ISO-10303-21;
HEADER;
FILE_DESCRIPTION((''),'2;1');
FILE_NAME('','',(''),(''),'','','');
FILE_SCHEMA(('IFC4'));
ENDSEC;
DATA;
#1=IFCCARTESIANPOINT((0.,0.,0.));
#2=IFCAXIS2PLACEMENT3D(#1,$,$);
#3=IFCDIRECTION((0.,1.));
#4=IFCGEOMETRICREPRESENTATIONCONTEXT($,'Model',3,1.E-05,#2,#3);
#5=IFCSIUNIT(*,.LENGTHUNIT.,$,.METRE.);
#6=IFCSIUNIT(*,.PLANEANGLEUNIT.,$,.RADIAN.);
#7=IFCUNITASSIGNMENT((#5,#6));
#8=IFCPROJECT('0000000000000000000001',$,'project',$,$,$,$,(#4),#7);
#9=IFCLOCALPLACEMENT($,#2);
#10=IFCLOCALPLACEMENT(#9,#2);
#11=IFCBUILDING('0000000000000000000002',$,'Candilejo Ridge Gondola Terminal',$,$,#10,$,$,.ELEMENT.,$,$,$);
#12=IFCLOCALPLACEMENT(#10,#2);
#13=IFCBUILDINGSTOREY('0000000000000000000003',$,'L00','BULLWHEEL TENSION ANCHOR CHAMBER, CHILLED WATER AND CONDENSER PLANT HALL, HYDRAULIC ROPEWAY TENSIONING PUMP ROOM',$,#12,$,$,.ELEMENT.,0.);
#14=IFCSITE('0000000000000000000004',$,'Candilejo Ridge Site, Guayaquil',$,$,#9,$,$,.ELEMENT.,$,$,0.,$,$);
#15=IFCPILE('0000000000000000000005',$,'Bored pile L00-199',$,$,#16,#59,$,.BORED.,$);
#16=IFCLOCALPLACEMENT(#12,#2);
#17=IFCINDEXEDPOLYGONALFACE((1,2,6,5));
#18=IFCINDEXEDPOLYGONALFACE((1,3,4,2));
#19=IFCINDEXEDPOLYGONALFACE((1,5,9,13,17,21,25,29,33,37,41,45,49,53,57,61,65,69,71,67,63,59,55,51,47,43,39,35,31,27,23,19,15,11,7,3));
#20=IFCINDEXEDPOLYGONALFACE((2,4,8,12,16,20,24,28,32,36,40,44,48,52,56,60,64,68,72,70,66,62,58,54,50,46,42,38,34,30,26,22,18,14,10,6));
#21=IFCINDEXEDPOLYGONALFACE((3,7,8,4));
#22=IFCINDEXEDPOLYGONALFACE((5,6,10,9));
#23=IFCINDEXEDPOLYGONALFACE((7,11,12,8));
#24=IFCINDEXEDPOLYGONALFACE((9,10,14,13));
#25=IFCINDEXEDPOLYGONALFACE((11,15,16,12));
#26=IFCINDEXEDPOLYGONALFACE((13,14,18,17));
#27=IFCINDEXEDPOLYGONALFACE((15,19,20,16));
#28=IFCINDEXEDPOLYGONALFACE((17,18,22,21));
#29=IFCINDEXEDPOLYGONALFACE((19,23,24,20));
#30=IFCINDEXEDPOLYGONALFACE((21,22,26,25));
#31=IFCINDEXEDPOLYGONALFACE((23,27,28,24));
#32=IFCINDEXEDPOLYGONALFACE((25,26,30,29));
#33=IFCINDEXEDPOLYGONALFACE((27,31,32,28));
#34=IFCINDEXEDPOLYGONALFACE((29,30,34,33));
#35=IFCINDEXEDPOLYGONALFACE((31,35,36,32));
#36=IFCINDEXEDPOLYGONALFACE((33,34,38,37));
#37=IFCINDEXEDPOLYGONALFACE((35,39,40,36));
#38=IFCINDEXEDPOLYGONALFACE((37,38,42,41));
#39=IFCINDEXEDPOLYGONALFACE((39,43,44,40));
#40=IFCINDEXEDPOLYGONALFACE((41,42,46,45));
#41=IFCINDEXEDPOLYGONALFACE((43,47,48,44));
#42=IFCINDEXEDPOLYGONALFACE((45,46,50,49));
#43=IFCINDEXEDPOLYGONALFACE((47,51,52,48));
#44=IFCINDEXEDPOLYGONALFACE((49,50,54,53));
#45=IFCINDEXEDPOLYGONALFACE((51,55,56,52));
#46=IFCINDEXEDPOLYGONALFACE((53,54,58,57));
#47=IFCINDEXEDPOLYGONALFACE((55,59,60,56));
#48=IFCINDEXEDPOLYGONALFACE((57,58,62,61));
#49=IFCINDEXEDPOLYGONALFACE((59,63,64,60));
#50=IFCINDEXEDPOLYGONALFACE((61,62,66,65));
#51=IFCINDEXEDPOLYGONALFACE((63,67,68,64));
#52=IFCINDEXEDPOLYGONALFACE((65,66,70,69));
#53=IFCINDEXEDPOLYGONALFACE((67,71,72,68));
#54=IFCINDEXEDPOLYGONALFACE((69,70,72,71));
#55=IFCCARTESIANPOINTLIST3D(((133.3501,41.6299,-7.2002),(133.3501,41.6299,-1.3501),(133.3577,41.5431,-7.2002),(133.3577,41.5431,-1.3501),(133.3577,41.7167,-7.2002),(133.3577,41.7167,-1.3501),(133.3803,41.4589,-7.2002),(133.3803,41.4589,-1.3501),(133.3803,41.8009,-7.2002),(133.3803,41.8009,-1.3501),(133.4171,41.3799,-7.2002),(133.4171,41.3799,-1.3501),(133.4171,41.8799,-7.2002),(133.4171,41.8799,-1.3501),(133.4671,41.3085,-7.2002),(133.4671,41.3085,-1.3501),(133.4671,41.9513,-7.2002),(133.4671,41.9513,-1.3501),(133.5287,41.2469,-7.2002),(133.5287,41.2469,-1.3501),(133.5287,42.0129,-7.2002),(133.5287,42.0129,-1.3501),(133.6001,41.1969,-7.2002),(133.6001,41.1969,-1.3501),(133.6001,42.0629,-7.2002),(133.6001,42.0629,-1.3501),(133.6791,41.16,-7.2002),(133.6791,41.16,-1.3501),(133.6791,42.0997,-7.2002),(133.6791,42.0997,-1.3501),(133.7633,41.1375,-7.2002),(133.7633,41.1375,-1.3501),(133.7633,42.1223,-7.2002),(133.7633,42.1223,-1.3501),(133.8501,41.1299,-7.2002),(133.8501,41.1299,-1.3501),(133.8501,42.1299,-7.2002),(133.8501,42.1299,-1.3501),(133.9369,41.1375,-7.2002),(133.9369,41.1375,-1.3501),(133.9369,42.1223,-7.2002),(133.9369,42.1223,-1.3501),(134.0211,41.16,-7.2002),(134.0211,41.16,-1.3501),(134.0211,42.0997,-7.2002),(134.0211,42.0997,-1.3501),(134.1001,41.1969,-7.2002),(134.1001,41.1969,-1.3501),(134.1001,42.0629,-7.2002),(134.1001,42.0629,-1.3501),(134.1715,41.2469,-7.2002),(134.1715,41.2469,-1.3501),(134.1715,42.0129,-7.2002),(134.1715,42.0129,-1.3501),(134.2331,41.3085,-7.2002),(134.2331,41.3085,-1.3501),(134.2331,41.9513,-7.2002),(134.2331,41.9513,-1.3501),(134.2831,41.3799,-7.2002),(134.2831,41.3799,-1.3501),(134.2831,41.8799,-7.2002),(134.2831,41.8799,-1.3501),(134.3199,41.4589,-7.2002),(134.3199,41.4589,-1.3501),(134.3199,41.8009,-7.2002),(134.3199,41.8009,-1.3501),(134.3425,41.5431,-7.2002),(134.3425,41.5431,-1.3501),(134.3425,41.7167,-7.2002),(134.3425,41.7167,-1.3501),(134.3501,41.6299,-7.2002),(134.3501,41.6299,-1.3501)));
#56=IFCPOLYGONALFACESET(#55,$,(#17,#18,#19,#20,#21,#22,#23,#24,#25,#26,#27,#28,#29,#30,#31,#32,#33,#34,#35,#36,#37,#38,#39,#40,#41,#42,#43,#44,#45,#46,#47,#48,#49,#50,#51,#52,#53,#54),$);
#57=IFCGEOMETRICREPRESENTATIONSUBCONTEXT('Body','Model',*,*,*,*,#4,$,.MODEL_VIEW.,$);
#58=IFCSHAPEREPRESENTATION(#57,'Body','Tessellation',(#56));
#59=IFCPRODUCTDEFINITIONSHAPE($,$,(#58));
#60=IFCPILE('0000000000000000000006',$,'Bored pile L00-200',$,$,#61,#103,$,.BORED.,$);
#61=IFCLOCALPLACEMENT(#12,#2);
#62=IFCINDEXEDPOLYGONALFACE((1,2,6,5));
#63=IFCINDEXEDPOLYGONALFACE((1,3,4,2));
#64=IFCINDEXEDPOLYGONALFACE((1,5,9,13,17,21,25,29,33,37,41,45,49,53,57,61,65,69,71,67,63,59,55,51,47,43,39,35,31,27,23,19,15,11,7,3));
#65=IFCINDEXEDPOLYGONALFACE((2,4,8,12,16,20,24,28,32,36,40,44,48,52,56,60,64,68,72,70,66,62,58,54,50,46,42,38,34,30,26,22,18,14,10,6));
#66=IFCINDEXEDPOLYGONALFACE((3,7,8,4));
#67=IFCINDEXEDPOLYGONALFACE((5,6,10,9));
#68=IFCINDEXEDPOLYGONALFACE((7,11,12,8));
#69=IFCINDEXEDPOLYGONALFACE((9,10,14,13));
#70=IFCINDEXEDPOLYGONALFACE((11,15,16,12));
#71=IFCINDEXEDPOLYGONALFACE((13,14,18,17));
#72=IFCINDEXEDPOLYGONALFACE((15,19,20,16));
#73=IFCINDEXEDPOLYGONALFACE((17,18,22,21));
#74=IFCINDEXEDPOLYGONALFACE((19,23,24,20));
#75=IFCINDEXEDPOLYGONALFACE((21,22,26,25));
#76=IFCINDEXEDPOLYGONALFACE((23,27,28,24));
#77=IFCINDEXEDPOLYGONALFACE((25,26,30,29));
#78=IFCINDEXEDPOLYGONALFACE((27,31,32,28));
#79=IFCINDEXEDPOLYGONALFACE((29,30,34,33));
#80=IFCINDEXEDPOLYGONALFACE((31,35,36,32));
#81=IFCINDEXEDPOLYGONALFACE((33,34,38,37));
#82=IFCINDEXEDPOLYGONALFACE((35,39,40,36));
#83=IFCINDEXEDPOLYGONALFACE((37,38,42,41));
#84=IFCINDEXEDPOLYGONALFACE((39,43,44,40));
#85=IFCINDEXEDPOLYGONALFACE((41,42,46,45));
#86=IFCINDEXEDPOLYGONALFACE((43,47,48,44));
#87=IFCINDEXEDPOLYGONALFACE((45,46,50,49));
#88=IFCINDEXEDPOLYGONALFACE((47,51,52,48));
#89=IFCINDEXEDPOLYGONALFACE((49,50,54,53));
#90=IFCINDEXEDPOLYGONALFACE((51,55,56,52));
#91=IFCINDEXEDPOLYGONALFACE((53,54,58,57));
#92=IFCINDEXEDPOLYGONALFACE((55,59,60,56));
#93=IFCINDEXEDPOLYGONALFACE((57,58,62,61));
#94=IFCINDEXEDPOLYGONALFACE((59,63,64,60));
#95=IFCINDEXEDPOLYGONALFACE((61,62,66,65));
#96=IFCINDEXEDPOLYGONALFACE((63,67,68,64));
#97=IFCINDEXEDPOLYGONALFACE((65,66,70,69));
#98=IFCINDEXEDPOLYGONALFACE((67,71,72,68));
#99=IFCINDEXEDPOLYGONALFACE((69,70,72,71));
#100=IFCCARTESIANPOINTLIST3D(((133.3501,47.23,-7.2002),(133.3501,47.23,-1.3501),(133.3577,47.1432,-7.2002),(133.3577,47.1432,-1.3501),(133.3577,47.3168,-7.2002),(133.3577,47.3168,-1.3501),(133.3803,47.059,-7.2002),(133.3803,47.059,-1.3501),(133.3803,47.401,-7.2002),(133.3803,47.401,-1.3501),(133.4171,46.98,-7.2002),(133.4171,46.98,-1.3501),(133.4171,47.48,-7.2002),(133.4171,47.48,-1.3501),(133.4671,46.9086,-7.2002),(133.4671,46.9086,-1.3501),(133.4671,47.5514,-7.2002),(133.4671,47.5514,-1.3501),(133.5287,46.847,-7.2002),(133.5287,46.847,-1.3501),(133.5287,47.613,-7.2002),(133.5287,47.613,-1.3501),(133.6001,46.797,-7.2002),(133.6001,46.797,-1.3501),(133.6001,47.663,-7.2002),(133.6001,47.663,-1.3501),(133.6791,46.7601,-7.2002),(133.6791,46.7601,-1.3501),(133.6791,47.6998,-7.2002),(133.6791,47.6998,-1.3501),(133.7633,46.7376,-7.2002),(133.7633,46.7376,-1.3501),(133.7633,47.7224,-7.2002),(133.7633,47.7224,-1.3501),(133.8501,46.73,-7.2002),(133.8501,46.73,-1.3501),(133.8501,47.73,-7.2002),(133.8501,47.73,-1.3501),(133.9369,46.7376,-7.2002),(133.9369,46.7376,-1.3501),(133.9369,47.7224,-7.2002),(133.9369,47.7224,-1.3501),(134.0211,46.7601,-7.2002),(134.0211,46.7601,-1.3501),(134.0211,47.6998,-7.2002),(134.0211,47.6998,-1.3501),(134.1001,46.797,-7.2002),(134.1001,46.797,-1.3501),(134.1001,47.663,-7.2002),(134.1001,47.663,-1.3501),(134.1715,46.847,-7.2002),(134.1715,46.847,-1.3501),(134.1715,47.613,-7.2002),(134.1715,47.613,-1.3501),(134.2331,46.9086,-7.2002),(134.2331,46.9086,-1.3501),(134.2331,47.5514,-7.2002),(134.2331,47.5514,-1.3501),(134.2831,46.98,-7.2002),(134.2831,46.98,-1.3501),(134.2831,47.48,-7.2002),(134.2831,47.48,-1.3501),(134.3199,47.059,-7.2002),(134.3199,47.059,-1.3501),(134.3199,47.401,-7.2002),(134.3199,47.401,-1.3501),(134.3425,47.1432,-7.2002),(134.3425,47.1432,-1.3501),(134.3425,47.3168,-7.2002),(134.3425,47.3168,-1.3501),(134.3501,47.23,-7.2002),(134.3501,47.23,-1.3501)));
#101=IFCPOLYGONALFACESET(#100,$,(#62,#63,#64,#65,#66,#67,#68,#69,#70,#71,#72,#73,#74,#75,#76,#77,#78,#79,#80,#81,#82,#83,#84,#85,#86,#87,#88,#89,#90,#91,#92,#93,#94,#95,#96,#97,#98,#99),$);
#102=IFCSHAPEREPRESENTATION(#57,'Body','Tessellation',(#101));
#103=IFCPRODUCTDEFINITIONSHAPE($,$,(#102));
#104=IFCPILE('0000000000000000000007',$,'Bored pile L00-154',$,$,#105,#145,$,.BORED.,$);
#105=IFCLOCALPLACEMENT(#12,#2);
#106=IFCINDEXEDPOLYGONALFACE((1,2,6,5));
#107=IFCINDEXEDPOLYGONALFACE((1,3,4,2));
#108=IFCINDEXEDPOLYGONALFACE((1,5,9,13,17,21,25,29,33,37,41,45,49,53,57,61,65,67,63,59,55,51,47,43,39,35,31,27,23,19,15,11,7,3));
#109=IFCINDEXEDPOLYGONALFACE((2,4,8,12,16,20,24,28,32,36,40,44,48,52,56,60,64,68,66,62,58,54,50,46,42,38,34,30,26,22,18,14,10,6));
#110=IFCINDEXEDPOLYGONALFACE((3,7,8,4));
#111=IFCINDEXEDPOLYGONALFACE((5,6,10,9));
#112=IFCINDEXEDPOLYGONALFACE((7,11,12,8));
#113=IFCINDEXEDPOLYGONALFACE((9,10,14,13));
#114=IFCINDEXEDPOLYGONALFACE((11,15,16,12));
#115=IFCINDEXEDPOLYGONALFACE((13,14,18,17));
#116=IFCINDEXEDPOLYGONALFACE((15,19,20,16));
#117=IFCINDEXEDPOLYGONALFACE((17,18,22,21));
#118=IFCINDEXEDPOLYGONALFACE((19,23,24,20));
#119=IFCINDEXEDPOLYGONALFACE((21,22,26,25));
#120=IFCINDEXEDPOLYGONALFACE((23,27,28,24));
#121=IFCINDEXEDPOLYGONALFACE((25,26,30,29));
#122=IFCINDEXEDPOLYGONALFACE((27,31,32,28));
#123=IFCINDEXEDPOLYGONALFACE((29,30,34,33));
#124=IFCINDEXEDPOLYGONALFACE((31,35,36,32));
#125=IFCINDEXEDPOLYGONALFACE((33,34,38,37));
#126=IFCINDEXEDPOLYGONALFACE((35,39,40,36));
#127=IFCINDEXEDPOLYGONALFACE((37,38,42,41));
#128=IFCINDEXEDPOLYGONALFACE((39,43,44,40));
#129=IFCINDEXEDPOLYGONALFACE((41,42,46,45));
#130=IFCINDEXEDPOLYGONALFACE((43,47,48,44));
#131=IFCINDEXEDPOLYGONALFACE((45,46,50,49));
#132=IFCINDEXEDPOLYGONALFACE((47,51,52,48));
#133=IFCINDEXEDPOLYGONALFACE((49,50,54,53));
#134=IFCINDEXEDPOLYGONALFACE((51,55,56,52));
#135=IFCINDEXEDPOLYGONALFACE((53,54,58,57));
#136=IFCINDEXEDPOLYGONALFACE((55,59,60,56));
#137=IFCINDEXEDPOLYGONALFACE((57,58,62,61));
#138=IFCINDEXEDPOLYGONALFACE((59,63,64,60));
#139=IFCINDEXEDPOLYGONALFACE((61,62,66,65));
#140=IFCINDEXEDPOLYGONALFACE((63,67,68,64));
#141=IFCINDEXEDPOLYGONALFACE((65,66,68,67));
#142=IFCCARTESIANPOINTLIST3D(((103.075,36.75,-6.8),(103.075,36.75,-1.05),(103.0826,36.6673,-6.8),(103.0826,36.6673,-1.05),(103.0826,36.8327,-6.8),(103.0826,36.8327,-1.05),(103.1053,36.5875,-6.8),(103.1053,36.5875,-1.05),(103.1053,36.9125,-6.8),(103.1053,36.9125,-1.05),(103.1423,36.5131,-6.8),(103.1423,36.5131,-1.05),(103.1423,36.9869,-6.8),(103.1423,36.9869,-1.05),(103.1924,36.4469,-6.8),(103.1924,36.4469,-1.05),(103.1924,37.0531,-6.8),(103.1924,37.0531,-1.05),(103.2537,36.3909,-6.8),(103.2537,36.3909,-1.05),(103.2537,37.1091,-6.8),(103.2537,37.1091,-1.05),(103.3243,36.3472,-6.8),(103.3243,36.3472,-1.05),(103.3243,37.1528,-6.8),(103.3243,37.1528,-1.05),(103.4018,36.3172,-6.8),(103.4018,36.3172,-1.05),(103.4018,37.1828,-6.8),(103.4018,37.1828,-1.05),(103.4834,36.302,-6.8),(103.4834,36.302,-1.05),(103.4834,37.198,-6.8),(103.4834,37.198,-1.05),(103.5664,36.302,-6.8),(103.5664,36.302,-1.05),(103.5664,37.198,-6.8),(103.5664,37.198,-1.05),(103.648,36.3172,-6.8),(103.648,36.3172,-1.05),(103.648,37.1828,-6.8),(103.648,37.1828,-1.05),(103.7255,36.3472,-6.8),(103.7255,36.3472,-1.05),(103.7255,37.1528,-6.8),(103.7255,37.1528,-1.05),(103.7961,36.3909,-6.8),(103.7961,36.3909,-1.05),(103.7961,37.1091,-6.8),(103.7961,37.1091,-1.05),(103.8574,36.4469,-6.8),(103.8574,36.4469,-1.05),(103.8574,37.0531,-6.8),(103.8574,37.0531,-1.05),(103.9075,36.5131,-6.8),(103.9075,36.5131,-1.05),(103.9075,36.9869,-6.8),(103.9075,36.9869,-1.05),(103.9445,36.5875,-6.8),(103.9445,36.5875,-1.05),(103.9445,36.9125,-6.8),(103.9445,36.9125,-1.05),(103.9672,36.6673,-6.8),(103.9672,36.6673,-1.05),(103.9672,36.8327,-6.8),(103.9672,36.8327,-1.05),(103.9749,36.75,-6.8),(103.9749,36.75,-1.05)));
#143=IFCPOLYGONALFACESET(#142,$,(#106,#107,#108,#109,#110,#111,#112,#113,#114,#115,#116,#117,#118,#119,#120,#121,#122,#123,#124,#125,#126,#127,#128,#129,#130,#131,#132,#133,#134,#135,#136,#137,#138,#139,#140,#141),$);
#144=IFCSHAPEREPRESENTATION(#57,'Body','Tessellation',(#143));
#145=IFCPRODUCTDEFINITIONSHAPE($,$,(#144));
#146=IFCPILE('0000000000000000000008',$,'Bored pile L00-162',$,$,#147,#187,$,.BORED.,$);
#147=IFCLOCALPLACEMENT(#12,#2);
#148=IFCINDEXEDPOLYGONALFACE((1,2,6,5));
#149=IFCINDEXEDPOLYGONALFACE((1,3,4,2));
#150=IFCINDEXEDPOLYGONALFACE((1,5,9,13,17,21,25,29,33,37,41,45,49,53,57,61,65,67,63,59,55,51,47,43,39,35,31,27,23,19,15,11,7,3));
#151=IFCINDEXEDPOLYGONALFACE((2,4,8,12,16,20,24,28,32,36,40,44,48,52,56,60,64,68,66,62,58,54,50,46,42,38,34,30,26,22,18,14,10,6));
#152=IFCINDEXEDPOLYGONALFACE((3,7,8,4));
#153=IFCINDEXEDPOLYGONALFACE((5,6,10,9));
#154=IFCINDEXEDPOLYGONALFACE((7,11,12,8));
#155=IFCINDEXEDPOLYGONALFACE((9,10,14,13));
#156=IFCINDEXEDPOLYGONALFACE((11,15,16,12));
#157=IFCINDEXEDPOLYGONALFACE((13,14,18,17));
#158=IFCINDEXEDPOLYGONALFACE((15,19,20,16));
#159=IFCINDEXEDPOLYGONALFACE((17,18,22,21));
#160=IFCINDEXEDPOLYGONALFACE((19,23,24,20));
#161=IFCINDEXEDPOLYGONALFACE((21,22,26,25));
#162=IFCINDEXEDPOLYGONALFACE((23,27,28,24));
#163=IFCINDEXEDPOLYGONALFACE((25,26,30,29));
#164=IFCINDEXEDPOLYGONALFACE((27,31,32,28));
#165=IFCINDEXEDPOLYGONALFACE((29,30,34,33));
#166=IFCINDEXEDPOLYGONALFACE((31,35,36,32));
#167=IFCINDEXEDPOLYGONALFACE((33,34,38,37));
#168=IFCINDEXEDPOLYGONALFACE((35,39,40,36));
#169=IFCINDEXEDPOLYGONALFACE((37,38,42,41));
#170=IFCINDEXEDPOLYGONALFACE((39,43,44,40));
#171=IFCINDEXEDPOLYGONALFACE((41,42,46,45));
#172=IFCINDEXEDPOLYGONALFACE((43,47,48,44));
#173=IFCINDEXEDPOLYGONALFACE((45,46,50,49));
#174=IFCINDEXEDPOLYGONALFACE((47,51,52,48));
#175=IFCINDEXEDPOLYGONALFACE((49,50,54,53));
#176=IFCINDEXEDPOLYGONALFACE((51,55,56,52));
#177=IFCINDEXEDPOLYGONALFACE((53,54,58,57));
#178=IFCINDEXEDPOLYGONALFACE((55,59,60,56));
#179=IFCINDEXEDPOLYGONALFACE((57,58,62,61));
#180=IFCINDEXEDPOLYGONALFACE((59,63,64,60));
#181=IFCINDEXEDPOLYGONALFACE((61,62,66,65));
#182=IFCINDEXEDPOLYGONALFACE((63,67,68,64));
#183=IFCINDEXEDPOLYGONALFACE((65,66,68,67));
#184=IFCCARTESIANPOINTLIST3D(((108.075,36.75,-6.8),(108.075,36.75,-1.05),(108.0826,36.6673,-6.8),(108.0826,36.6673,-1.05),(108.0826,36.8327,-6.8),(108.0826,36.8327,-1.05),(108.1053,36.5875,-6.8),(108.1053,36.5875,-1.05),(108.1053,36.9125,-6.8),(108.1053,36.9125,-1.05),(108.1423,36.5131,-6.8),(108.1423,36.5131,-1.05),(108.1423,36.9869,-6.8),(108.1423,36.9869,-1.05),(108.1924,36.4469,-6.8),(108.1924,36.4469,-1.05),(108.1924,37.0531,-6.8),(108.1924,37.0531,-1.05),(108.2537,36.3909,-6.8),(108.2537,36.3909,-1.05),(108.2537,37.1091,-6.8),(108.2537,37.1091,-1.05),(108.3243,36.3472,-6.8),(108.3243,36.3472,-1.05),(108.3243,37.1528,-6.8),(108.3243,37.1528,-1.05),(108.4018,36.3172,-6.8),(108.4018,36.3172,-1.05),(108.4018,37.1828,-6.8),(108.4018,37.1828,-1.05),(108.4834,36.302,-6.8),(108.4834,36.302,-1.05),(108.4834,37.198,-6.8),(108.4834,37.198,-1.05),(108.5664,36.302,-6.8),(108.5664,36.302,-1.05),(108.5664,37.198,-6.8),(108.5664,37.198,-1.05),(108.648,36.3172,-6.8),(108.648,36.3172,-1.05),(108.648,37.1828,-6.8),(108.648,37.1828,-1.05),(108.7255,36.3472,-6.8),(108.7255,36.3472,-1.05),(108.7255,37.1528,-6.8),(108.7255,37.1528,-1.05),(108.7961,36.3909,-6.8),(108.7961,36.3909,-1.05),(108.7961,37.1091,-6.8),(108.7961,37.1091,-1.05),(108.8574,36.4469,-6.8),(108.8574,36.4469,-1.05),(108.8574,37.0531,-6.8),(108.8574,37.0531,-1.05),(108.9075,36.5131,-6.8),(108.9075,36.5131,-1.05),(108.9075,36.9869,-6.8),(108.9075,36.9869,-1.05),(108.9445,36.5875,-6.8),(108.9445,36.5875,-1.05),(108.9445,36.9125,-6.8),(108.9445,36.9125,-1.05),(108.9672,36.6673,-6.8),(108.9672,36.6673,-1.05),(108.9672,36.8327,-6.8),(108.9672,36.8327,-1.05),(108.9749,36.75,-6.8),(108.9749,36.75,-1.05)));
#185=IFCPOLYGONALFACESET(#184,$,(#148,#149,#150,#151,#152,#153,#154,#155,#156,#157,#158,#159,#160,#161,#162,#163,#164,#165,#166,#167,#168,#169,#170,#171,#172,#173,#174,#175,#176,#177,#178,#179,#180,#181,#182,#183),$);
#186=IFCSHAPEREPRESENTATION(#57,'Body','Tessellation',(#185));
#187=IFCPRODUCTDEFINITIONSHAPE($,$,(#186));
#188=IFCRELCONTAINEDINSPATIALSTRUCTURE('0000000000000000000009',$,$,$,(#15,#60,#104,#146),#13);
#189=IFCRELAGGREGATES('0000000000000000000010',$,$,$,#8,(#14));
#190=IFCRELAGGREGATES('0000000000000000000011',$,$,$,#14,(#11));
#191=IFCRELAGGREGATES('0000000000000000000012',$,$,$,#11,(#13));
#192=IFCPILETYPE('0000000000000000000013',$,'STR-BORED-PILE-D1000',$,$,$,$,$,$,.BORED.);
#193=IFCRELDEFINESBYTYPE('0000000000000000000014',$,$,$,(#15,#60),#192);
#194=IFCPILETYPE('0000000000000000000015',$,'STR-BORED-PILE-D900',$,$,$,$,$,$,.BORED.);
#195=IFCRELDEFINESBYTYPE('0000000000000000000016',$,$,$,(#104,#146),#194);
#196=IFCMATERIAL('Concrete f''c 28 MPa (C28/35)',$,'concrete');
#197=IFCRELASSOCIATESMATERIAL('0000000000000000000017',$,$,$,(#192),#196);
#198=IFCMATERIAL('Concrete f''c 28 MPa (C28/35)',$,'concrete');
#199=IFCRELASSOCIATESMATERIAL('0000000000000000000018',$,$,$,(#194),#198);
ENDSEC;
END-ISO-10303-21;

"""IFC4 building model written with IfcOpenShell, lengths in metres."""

from ifc_helpers import new_model, si_unit, direction, frame, origin, origin_2d, place, context, subcontext, project, spatial, circle, extrude, material, material_profile, profile_set, type_object, element, save


model = new_model("IFC4")

# Units and contexts
model_context = context("Model", 3, precision=1e-05, world=origin(), true_north=direction((0.0, 1.0)))
body_context = subcontext(model_context, "Body", "Model", "MODEL_VIEW")
ifc_project = project(units=[si_unit("LENGTHUNIT", "METRE"), si_unit("PLANEANGLEUNIT", "RADIAN")], contexts=[model_context])

# Site, building, storey
site_placement = place(None, origin())
site = spatial("IfcSite", under=ifc_project, at=site_placement, Name="Candilejo Ridge Site, Guayaquil", CompositionType="ELEMENT", RefElevation=0.0)
building_placement = place(site_placement, origin())
building = spatial("IfcBuilding", under=site, at=building_placement, Name="Candilejo Ridge Gondola Terminal", CompositionType="ELEMENT")
storey_placement = place(building_placement, origin())
storey = spatial("IfcBuildingStorey", under=building, at=storey_placement, Name="L00", Description="BULLWHEEL TENSION ANCHOR CHAMBER, CHILLED WATER AND CONDENSER PLANT HALL, HYDRAULIC ROPEWAY TENSIONING PUMP ROOM", CompositionType="ELEMENT", Elevation=0.0)

# Piles
ifc_material_1 = material(Name="Concrete f'c 28 MPa (C28/35)", Category="concrete")
ifc_material_profile_1 = material_profile(ifc_material_1, circle(Radius=0.5, at=origin_2d()))
ifc_profile_set_1 = profile_set([ifc_material_profile_1], Name="Concrete f'c 28 MPa (C28/35)")
pile_type_1 = type_object("IfcPileType", Name="STR-BORED-PILE-D1000", PredefinedType="BORED", material=ifc_profile_set_1)
for number, where, z_axis, x_axis, name in (
    (1, (133.8501, 41.6299, -1.3501), (0.0, 0.0, -1.0), (1.0, 0.0, 0.0), "Bored pile L00-199"),
    (2, (133.8501, 47.23, -1.3501), (0.0, 0.0, -1.0), (1.0, 0.0, 0.0), "Bored pile L00-200"),
):
    element("IfcPile", number, at=place(storey_placement, frame(where, z_axis=z_axis, x_axis=x_axis)), inside=storey, type_object=pile_type_1, Name=name, PredefinedType="BORED", context=body_context, shape_type="SweptSolid", body=[
        extrude(circle(Radius=0.5, at=origin_2d()), origin(), (0.0, 0.0, 1.0), 5.8501),
    ])
ifc_material_2 = material(Name="Concrete f'c 28 MPa (C28/35)", Category="concrete")
ifc_material_profile_2 = material_profile(ifc_material_2, circle(Radius=0.45, at=origin_2d()))
ifc_profile_set_2 = profile_set([ifc_material_profile_2], Name="Concrete f'c 28 MPa (C28/35)")
pile_type_2 = type_object("IfcPileType", Name="STR-BORED-PILE-D900", PredefinedType="BORED", material=ifc_profile_set_2)
for number, where, z_axis, x_axis, name in (
    (3, (103.5249, 36.75, -1.05), (0.0, 0.0, -1.0), (1.0, 0.0, 0.0), "Bored pile L00-154"),
    (4, (108.5249, 36.75, -1.05), (0.0, 0.0, -1.0), (1.0, 0.0, 0.0), "Bored pile L00-162"),
):
    element("IfcPile", number, at=place(storey_placement, frame(where, z_axis=z_axis, x_axis=x_axis)), inside=storey, type_object=pile_type_2, Name=name, PredefinedType="BORED", context=body_context, shape_type="SweptSolid", body=[
        extrude(circle(Radius=0.45, at=origin_2d()), origin(), (0.0, 0.0, 1.0), 5.75),
    ])

save(model, "model.ifc")
